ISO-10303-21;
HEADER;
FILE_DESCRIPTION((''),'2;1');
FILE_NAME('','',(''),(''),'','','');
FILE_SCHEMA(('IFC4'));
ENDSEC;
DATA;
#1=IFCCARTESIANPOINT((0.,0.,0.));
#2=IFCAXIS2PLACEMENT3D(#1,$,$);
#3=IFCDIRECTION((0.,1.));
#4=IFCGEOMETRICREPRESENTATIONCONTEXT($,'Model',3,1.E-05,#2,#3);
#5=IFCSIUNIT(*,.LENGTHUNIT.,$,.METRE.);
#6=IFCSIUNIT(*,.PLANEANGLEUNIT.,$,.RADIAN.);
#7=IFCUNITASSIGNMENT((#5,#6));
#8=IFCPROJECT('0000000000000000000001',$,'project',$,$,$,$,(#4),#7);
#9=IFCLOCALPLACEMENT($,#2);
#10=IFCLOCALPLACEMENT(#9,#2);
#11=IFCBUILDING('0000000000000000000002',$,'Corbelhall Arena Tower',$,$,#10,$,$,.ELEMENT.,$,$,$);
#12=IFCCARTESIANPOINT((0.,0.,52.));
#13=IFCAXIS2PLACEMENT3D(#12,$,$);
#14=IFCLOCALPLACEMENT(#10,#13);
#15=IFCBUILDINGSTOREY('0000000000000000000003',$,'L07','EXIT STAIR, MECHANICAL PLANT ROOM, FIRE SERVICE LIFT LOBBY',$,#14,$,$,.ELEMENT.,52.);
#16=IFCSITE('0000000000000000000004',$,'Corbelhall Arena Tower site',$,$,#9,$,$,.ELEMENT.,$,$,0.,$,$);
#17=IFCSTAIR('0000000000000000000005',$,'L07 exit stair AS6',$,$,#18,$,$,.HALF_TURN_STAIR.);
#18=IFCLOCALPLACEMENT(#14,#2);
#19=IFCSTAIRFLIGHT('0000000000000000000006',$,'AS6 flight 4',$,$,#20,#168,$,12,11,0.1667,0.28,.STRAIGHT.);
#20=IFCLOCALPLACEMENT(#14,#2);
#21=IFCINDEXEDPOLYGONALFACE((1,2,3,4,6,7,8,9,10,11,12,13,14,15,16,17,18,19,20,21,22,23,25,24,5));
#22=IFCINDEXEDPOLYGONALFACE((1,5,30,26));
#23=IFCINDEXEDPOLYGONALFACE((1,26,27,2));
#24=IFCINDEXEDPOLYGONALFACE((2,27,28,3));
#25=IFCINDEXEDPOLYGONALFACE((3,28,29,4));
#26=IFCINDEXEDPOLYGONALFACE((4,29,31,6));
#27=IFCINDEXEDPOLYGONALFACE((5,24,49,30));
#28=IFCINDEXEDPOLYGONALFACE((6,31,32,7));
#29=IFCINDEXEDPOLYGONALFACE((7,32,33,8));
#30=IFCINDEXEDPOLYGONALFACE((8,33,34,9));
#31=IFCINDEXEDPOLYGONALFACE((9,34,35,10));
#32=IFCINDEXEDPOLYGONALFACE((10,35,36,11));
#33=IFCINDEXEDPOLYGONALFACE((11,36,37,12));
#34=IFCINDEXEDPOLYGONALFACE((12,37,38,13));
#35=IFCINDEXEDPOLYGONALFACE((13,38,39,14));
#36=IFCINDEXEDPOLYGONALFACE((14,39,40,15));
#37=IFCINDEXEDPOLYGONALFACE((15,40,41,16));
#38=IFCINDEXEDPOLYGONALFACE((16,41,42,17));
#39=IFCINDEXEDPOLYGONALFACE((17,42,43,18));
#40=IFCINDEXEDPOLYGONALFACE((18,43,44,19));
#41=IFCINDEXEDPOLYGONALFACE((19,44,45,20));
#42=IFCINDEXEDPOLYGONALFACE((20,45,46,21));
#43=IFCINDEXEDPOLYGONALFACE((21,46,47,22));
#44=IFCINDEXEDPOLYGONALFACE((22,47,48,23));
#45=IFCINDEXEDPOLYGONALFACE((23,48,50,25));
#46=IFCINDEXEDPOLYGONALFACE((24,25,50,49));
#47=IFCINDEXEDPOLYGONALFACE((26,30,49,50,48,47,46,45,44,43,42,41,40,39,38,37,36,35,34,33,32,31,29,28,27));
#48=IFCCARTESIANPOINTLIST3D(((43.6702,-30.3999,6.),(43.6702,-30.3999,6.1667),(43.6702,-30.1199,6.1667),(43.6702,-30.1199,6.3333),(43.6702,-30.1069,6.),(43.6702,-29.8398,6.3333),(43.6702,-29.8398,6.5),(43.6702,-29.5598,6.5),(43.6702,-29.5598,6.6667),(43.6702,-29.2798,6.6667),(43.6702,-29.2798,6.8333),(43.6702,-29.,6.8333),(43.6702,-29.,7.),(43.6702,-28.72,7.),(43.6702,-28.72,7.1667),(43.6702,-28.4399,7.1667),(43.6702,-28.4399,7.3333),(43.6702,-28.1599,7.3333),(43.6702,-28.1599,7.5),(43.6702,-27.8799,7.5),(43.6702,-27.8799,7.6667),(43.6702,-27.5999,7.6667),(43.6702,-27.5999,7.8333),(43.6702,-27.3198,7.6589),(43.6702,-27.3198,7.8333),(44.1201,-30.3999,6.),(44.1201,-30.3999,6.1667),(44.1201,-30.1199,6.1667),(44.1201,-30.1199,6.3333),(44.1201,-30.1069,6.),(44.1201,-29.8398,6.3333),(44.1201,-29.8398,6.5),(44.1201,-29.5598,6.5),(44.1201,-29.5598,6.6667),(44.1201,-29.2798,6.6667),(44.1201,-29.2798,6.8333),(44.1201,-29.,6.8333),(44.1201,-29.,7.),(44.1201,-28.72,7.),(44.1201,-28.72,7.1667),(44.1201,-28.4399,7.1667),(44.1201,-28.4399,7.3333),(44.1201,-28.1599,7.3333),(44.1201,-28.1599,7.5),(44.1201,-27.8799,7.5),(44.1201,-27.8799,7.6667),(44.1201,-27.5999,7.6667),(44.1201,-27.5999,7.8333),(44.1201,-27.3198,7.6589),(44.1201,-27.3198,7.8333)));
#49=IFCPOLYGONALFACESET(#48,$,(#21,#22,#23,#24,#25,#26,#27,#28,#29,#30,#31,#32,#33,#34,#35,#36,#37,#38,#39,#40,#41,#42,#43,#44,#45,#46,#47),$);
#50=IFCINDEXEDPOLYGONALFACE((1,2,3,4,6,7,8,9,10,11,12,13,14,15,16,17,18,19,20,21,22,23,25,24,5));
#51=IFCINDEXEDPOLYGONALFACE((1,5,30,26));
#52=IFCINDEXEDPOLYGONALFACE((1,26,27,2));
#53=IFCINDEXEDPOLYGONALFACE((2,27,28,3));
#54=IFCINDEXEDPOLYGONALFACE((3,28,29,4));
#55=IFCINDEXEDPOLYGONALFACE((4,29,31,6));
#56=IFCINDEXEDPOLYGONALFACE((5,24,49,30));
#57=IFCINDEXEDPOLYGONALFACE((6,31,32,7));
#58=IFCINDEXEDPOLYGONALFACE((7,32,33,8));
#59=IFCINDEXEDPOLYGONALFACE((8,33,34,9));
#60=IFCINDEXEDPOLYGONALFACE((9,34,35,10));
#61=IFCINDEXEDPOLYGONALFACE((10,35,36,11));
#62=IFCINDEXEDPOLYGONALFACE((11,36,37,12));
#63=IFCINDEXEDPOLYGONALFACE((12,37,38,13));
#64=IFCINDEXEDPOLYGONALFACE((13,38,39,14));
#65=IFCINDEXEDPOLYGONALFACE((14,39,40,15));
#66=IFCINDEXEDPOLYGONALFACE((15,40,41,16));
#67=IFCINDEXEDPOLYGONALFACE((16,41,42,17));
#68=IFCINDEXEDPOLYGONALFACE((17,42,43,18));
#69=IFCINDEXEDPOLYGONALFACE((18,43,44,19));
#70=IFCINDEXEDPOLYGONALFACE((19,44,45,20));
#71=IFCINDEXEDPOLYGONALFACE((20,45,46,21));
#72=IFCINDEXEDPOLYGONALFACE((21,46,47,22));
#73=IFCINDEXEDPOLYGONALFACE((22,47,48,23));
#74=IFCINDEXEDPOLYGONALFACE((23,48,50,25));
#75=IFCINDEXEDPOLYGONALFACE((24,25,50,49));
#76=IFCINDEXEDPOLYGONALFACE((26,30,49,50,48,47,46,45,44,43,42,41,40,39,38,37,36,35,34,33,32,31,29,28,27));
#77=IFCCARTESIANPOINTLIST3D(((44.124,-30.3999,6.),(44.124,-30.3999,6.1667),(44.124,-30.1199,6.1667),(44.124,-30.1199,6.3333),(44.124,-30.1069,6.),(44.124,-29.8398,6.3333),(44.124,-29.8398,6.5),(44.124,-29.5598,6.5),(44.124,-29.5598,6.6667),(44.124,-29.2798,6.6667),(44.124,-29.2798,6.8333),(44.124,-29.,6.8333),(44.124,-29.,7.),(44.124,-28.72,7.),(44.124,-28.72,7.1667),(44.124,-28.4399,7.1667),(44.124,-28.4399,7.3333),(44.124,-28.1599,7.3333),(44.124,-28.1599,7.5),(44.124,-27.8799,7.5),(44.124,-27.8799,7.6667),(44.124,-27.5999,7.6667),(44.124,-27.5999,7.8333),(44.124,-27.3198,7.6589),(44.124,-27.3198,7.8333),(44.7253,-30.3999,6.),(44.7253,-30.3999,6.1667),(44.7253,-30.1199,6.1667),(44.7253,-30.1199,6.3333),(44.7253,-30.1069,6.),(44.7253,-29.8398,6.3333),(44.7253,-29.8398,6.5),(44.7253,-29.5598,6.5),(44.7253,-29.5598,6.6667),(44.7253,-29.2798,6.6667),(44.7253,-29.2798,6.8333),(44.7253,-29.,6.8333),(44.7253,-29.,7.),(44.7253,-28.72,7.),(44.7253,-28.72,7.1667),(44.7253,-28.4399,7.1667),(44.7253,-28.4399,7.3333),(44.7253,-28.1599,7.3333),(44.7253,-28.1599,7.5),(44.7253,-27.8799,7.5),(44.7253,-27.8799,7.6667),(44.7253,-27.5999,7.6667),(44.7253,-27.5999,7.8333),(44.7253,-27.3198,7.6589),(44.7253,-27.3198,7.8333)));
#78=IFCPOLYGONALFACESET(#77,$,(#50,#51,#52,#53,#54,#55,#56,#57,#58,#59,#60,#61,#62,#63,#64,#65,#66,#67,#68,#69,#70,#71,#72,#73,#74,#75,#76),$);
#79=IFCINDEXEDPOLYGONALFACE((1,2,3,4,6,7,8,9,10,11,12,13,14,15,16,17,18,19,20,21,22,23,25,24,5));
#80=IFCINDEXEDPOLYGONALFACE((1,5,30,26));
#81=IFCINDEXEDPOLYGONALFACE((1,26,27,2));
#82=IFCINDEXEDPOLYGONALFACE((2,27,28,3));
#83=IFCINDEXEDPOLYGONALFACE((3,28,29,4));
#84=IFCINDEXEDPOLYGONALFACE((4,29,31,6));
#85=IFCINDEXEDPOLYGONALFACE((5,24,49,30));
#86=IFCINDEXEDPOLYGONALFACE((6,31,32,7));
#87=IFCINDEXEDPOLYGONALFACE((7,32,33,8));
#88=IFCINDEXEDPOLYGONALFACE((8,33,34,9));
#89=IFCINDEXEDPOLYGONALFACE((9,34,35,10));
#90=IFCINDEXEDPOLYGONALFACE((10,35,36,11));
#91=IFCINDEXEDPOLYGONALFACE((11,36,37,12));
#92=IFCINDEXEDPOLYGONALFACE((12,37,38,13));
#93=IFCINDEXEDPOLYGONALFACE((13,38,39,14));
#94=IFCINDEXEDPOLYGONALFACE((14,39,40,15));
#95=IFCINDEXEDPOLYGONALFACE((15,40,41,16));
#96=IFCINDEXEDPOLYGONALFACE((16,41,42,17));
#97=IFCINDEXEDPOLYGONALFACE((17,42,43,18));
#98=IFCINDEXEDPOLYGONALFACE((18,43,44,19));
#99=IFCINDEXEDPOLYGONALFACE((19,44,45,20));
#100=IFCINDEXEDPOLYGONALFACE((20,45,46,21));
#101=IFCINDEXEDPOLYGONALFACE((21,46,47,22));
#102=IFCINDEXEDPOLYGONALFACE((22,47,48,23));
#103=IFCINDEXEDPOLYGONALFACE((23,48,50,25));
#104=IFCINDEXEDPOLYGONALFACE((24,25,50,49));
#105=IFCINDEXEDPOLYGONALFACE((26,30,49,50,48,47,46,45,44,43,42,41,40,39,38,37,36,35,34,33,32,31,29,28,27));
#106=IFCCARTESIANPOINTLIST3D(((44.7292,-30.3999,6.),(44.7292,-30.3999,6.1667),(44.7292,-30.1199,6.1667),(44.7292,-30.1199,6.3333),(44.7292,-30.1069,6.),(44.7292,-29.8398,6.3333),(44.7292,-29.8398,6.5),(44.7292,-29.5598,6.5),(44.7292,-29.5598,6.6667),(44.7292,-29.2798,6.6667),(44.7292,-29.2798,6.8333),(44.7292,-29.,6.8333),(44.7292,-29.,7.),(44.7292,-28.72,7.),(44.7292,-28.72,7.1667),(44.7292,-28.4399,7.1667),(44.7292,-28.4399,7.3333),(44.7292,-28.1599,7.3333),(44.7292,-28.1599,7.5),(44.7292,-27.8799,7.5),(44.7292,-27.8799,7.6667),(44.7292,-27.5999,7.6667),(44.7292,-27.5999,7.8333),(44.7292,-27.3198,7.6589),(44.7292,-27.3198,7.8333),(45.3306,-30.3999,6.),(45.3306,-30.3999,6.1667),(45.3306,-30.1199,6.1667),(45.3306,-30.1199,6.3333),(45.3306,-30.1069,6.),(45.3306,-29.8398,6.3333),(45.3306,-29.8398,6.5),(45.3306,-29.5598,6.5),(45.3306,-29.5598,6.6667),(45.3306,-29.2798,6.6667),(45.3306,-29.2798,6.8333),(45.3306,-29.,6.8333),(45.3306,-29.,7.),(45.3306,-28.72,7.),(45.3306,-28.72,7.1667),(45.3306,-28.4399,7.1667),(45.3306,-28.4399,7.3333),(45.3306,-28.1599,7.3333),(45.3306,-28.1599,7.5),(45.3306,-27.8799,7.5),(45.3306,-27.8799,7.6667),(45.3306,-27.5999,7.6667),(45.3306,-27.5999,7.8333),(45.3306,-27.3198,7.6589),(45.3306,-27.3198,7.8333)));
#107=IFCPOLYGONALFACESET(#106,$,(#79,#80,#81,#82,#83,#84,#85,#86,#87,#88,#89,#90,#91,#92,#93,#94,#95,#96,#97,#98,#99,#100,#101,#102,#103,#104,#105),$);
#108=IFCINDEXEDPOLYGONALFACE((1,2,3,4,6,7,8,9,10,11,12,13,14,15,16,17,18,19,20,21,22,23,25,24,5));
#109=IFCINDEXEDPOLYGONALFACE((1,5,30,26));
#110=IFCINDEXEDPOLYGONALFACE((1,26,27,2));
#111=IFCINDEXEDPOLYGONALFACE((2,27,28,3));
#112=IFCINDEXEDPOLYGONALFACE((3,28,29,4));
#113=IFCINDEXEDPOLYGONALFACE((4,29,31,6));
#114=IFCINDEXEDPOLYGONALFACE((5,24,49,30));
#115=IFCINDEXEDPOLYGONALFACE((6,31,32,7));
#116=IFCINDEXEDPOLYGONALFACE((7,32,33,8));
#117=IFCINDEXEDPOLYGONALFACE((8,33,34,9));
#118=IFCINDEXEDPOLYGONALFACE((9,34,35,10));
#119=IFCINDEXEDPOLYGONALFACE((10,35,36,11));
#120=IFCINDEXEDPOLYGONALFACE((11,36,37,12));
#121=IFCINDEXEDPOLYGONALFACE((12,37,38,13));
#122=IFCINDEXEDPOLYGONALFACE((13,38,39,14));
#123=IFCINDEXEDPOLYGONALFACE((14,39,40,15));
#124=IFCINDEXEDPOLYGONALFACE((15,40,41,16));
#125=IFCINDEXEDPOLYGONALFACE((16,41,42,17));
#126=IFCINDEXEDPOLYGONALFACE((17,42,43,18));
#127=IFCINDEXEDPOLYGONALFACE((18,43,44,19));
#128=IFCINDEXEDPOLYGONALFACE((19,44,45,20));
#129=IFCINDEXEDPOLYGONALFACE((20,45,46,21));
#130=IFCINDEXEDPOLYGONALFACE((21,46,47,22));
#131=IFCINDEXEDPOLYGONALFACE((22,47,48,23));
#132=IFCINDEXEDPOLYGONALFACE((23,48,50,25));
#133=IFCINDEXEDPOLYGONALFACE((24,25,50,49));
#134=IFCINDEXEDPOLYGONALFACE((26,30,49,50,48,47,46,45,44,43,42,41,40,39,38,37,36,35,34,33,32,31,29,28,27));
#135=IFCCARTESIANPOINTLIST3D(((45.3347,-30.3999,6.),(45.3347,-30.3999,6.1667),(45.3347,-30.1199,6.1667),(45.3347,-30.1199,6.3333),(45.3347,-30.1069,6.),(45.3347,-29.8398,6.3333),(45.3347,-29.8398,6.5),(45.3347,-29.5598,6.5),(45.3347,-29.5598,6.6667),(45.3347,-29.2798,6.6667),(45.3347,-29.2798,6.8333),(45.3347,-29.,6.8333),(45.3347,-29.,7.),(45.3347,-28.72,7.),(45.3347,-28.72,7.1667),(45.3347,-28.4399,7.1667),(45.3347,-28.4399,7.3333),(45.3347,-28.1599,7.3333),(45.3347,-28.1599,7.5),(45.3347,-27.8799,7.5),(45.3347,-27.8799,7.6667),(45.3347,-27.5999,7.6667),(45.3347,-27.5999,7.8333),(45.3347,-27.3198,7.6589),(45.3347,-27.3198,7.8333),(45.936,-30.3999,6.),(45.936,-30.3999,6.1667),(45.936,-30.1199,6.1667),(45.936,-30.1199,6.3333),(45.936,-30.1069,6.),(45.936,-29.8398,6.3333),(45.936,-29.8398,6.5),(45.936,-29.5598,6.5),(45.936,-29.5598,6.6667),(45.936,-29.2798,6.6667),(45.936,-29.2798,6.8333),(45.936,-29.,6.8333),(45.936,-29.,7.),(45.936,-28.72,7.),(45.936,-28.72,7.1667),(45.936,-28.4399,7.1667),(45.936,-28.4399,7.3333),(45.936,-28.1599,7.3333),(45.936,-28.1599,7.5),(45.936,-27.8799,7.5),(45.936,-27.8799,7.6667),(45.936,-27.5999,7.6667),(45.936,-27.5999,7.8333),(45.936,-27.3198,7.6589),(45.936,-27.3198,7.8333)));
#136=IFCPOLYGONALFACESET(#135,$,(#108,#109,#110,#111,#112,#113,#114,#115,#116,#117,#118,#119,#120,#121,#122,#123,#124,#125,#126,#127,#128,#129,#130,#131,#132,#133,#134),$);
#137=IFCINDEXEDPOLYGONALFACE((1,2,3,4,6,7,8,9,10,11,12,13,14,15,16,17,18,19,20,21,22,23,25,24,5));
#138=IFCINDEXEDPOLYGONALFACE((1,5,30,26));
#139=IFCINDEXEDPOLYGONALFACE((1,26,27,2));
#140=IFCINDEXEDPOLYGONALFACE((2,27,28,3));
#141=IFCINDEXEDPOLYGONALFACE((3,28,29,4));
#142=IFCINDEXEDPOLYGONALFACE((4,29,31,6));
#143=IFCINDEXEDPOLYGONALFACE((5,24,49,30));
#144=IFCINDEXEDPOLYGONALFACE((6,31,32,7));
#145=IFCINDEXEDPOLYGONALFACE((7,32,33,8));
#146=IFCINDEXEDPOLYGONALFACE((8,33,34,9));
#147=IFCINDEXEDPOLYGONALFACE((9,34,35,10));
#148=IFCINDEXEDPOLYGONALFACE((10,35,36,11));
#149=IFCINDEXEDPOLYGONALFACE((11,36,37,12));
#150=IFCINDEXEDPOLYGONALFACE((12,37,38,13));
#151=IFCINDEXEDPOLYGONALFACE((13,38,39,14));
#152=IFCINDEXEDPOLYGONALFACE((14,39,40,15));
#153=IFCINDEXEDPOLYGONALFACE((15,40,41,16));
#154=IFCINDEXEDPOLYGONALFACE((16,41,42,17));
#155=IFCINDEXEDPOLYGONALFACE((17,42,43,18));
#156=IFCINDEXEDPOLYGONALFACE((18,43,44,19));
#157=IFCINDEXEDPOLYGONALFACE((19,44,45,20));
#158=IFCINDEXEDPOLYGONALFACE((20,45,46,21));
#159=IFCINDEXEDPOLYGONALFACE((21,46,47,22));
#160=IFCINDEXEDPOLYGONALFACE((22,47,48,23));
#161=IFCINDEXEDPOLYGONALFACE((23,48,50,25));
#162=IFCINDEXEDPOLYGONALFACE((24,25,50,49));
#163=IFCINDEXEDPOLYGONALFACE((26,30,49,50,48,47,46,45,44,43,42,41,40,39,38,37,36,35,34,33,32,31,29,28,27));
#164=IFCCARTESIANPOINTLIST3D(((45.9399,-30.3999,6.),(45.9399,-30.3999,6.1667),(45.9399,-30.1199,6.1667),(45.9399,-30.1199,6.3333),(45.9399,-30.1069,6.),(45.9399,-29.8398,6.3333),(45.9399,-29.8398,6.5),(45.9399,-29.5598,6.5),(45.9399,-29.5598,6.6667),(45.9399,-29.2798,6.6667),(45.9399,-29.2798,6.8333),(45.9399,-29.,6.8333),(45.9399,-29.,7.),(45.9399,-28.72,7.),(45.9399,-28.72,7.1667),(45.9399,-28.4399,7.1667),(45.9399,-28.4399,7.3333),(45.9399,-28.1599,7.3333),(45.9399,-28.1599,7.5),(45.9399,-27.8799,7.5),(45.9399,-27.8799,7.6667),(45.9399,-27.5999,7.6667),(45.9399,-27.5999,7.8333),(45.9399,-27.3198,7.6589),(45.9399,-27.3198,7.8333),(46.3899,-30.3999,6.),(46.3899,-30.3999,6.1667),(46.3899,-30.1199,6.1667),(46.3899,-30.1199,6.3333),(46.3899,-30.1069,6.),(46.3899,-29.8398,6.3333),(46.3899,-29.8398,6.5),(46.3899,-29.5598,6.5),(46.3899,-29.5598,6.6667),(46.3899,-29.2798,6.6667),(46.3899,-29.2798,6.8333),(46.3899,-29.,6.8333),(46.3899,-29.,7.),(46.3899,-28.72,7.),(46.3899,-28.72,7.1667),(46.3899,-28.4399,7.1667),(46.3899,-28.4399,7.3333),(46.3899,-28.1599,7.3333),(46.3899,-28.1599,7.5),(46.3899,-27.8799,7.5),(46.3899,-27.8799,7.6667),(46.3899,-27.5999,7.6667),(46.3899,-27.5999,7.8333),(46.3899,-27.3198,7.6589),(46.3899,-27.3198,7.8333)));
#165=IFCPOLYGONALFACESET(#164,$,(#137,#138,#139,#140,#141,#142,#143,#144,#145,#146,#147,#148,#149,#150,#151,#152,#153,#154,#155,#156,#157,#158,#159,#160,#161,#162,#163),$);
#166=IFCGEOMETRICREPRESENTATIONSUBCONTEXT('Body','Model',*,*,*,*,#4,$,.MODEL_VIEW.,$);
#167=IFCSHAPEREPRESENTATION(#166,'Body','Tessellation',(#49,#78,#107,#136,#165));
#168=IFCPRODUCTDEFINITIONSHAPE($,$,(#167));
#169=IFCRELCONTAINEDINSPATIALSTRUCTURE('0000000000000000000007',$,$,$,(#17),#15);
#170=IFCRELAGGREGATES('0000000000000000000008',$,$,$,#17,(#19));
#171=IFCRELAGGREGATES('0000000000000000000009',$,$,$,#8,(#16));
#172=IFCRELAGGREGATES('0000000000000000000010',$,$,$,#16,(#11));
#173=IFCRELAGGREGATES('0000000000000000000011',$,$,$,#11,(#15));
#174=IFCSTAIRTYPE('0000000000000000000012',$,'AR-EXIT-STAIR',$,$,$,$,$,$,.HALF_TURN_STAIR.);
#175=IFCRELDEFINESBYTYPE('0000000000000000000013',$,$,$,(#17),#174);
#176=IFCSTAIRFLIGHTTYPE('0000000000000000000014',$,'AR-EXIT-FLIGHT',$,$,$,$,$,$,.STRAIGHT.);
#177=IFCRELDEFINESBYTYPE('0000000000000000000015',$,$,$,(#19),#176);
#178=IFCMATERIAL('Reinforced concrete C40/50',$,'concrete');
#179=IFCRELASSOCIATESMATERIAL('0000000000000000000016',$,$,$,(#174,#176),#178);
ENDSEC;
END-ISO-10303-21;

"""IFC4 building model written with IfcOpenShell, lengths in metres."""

from ifc_helpers import new_model, si_unit, direction, frame, origin, place, context, subcontext, project, spatial, polyline, outline, extrude, material, type_object, element, aggregate, save


model = new_model("IFC4")

# Units and contexts
model_context = context("Model", 3, precision=1e-05, world=origin(), true_north=direction((0.0, 1.0)))
body_context = subcontext(model_context, "Body", "Model", "MODEL_VIEW")
ifc_project = project(units=[si_unit("LENGTHUNIT", "METRE"), si_unit("PLANEANGLEUNIT", "RADIAN")], contexts=[model_context])

# Site, building, storey
site_placement = place(None, origin())
site = spatial("IfcSite", under=ifc_project, at=site_placement, Name="Corbelhall Arena Tower site", CompositionType="ELEMENT", RefElevation=0.0)
building_placement = place(site_placement, origin())
building = spatial("IfcBuilding", under=site, at=building_placement, Name="Corbelhall Arena Tower", CompositionType="ELEMENT")
storey_placement = place(building_placement, frame((0.0, 0.0, 52.0)))
storey = spatial("IfcBuildingStorey", under=building, at=storey_placement, Name="L07", Description="EXIT STAIR, MECHANICAL PLANT ROOM, FIRE SERVICE LIFT LOBBY", CompositionType="ELEMENT", Elevation=52.0)

# Shared definitions
ifc_material_1 = material(Name="Reinforced concrete C40/50", Category="concrete")

# Stair, stair flight
stair_type = type_object("IfcStairType", Name="AR-EXIT-STAIR", PredefinedType="HALF_TURN_STAIR", material=ifc_material_1)
stair_flight_type = type_object("IfcStairFlightType", Name="AR-EXIT-FLIGHT", PredefinedType="STRAIGHT", material=ifc_material_1)
stair_1_placement = place(storey_placement, origin())
stair_1 = element("IfcStair", 1, at=stair_1_placement, inside=storey, type_object=stair_type, Name="L07 exit stair AS6", PredefinedType="HALF_TURN_STAIR")
stair_flight_1_placement = place(storey_placement, frame((45.03, -30.3999, 6.0), z_axis=(0.0, 0.0, 1.0), x_axis=(0.0, 1.0, 0.0)))
stair_flight_1 = element("IfcStairFlight", 2, at=stair_flight_1_placement, type_object=stair_flight_type, Name="AS6 flight 4", NumberOfRisers=12, NumberOfTreads=11, PredefinedType="STRAIGHT", RiserHeight=0.1667, TreadLength=0.28, context=body_context, shape_type="SweptSolid", body=[
    extrude(outline(polyline([(0.0, 0.0), (0.0, 0.1667), (0.28, 0.1667), (0.28, 0.3333), (0.5601, 0.3333), (0.5601, 0.5), (0.8401, 0.5), (0.8401, 0.6667), (1.1201, 0.6667), (1.1201, 0.8333), (1.3999, 0.8333), (1.3999, 1.0), (1.6799, 1.0), (1.6799, 1.1667), (1.96, 1.1667), (1.96, 1.3333), (2.24, 1.3333), (2.24, 1.5), (2.52, 1.5), (2.52, 1.6667), (2.8, 1.6667), (2.8, 1.8333), (3.0801, 1.8333), (3.0801, 2.0), (3.0801, 1.6589), (0.293, 0.0), (0.0, 0.0)])), frame((0.0, 1.3599, 0.0), z_axis=(0.0, -1.0, 0.0), x_axis=(1.0, 0.0, 0.0)), (0.0, 0.0, 1.0), 0.45),
    extrude(outline(polyline([(0.0, 0.0), (0.0, 0.1667), (0.28, 0.1667), (0.28, 0.3333), (0.5601, 0.3333), (0.5601, 0.5), (0.8401, 0.5), (0.8401, 0.6667), (1.1201, 0.6667), (1.1201, 0.8333), (1.3999, 0.8333), (1.3999, 1.0), (1.6799, 1.0), (1.6799, 1.1667), (1.96, 1.1667), (1.96, 1.3333), (2.24, 1.3333), (2.24, 1.5), (2.52, 1.5), (2.52, 1.6667), (2.8, 1.6667), (2.8, 1.8333), (3.0801, 1.8333), (3.0801, 2.0), (3.0801, 1.6589), (0.293, 0.0), (0.0, 0.0)])), frame((0.0, 0.906, 0.0), z_axis=(0.0, -1.0, 0.0), x_axis=(1.0, 0.0, 0.0)), (0.0, 0.0, 1.0), 0.6013),
    extrude(outline(polyline([(0.0, 0.0), (0.0, 0.1667), (0.28, 0.1667), (0.28, 0.3333), (0.5601, 0.3333), (0.5601, 0.5), (0.8401, 0.5), (0.8401, 0.6667), (1.1201, 0.6667), (1.1201, 0.8333), (1.3999, 0.8333), (1.3999, 1.0), (1.6799, 1.0), (1.6799, 1.1667), (1.96, 1.1667), (1.96, 1.3333), (2.24, 1.3333), (2.24, 1.5), (2.52, 1.5), (2.52, 1.6667), (2.8, 1.6667), (2.8, 1.8333), (3.0801, 1.8333), (3.0801, 2.0), (3.0801, 1.6589), (0.293, 0.0), (0.0, 0.0)])), frame((0.0, 0.3008, 0.0), z_axis=(0.0, -1.0, 0.0), x_axis=(1.0, 0.0, 0.0)), (0.0, 0.0, 1.0), 0.6013),
    extrude(outline(polyline([(0.0, 0.0), (0.0, 0.1667), (0.28, 0.1667), (0.28, 0.3333), (0.5601, 0.3333), (0.5601, 0.5), (0.8401, 0.5), (0.8401, 0.6667), (1.1201, 0.6667), (1.1201, 0.8333), (1.3999, 0.8333), (1.3999, 1.0), (1.6799, 1.0), (1.6799, 1.1667), (1.96, 1.1667), (1.96, 1.3333), (2.24, 1.3333), (2.24, 1.5), (2.52, 1.5), (2.52, 1.6667), (2.8, 1.6667), (2.8, 1.8333), (3.0801, 1.8333), (3.0801, 2.0), (3.0801, 1.6589), (0.293, 0.0), (0.0, 0.0)])), frame((0.0, -0.3047, 0.0), z_axis=(0.0, -1.0, 0.0), x_axis=(1.0, 0.0, 0.0)), (0.0, 0.0, 1.0), 0.6013),
    extrude(outline(polyline([(0.0, 0.0), (0.0, 0.1667), (0.28, 0.1667), (0.28, 0.3333), (0.5601, 0.3333), (0.5601, 0.5), (0.8401, 0.5), (0.8401, 0.6667), (1.1201, 0.6667), (1.1201, 0.8333), (1.3999, 0.8333), (1.3999, 1.0), (1.6799, 1.0), (1.6799, 1.1667), (1.96, 1.1667), (1.96, 1.3333), (2.24, 1.3333), (2.24, 1.5), (2.52, 1.5), (2.52, 1.6667), (2.8, 1.6667), (2.8, 1.8333), (3.0801, 1.8333), (3.0801, 2.0), (3.0801, 1.6589), (0.293, 0.0), (0.0, 0.0)])), frame((0.0, -0.9099, 0.0), z_axis=(0.0, -1.0, 0.0), x_axis=(1.0, 0.0, 0.0)), (0.0, 0.0, 1.0), 0.45),
])
aggregate(stair_1, [stair_flight_1])

save(model, "model.ifc")
